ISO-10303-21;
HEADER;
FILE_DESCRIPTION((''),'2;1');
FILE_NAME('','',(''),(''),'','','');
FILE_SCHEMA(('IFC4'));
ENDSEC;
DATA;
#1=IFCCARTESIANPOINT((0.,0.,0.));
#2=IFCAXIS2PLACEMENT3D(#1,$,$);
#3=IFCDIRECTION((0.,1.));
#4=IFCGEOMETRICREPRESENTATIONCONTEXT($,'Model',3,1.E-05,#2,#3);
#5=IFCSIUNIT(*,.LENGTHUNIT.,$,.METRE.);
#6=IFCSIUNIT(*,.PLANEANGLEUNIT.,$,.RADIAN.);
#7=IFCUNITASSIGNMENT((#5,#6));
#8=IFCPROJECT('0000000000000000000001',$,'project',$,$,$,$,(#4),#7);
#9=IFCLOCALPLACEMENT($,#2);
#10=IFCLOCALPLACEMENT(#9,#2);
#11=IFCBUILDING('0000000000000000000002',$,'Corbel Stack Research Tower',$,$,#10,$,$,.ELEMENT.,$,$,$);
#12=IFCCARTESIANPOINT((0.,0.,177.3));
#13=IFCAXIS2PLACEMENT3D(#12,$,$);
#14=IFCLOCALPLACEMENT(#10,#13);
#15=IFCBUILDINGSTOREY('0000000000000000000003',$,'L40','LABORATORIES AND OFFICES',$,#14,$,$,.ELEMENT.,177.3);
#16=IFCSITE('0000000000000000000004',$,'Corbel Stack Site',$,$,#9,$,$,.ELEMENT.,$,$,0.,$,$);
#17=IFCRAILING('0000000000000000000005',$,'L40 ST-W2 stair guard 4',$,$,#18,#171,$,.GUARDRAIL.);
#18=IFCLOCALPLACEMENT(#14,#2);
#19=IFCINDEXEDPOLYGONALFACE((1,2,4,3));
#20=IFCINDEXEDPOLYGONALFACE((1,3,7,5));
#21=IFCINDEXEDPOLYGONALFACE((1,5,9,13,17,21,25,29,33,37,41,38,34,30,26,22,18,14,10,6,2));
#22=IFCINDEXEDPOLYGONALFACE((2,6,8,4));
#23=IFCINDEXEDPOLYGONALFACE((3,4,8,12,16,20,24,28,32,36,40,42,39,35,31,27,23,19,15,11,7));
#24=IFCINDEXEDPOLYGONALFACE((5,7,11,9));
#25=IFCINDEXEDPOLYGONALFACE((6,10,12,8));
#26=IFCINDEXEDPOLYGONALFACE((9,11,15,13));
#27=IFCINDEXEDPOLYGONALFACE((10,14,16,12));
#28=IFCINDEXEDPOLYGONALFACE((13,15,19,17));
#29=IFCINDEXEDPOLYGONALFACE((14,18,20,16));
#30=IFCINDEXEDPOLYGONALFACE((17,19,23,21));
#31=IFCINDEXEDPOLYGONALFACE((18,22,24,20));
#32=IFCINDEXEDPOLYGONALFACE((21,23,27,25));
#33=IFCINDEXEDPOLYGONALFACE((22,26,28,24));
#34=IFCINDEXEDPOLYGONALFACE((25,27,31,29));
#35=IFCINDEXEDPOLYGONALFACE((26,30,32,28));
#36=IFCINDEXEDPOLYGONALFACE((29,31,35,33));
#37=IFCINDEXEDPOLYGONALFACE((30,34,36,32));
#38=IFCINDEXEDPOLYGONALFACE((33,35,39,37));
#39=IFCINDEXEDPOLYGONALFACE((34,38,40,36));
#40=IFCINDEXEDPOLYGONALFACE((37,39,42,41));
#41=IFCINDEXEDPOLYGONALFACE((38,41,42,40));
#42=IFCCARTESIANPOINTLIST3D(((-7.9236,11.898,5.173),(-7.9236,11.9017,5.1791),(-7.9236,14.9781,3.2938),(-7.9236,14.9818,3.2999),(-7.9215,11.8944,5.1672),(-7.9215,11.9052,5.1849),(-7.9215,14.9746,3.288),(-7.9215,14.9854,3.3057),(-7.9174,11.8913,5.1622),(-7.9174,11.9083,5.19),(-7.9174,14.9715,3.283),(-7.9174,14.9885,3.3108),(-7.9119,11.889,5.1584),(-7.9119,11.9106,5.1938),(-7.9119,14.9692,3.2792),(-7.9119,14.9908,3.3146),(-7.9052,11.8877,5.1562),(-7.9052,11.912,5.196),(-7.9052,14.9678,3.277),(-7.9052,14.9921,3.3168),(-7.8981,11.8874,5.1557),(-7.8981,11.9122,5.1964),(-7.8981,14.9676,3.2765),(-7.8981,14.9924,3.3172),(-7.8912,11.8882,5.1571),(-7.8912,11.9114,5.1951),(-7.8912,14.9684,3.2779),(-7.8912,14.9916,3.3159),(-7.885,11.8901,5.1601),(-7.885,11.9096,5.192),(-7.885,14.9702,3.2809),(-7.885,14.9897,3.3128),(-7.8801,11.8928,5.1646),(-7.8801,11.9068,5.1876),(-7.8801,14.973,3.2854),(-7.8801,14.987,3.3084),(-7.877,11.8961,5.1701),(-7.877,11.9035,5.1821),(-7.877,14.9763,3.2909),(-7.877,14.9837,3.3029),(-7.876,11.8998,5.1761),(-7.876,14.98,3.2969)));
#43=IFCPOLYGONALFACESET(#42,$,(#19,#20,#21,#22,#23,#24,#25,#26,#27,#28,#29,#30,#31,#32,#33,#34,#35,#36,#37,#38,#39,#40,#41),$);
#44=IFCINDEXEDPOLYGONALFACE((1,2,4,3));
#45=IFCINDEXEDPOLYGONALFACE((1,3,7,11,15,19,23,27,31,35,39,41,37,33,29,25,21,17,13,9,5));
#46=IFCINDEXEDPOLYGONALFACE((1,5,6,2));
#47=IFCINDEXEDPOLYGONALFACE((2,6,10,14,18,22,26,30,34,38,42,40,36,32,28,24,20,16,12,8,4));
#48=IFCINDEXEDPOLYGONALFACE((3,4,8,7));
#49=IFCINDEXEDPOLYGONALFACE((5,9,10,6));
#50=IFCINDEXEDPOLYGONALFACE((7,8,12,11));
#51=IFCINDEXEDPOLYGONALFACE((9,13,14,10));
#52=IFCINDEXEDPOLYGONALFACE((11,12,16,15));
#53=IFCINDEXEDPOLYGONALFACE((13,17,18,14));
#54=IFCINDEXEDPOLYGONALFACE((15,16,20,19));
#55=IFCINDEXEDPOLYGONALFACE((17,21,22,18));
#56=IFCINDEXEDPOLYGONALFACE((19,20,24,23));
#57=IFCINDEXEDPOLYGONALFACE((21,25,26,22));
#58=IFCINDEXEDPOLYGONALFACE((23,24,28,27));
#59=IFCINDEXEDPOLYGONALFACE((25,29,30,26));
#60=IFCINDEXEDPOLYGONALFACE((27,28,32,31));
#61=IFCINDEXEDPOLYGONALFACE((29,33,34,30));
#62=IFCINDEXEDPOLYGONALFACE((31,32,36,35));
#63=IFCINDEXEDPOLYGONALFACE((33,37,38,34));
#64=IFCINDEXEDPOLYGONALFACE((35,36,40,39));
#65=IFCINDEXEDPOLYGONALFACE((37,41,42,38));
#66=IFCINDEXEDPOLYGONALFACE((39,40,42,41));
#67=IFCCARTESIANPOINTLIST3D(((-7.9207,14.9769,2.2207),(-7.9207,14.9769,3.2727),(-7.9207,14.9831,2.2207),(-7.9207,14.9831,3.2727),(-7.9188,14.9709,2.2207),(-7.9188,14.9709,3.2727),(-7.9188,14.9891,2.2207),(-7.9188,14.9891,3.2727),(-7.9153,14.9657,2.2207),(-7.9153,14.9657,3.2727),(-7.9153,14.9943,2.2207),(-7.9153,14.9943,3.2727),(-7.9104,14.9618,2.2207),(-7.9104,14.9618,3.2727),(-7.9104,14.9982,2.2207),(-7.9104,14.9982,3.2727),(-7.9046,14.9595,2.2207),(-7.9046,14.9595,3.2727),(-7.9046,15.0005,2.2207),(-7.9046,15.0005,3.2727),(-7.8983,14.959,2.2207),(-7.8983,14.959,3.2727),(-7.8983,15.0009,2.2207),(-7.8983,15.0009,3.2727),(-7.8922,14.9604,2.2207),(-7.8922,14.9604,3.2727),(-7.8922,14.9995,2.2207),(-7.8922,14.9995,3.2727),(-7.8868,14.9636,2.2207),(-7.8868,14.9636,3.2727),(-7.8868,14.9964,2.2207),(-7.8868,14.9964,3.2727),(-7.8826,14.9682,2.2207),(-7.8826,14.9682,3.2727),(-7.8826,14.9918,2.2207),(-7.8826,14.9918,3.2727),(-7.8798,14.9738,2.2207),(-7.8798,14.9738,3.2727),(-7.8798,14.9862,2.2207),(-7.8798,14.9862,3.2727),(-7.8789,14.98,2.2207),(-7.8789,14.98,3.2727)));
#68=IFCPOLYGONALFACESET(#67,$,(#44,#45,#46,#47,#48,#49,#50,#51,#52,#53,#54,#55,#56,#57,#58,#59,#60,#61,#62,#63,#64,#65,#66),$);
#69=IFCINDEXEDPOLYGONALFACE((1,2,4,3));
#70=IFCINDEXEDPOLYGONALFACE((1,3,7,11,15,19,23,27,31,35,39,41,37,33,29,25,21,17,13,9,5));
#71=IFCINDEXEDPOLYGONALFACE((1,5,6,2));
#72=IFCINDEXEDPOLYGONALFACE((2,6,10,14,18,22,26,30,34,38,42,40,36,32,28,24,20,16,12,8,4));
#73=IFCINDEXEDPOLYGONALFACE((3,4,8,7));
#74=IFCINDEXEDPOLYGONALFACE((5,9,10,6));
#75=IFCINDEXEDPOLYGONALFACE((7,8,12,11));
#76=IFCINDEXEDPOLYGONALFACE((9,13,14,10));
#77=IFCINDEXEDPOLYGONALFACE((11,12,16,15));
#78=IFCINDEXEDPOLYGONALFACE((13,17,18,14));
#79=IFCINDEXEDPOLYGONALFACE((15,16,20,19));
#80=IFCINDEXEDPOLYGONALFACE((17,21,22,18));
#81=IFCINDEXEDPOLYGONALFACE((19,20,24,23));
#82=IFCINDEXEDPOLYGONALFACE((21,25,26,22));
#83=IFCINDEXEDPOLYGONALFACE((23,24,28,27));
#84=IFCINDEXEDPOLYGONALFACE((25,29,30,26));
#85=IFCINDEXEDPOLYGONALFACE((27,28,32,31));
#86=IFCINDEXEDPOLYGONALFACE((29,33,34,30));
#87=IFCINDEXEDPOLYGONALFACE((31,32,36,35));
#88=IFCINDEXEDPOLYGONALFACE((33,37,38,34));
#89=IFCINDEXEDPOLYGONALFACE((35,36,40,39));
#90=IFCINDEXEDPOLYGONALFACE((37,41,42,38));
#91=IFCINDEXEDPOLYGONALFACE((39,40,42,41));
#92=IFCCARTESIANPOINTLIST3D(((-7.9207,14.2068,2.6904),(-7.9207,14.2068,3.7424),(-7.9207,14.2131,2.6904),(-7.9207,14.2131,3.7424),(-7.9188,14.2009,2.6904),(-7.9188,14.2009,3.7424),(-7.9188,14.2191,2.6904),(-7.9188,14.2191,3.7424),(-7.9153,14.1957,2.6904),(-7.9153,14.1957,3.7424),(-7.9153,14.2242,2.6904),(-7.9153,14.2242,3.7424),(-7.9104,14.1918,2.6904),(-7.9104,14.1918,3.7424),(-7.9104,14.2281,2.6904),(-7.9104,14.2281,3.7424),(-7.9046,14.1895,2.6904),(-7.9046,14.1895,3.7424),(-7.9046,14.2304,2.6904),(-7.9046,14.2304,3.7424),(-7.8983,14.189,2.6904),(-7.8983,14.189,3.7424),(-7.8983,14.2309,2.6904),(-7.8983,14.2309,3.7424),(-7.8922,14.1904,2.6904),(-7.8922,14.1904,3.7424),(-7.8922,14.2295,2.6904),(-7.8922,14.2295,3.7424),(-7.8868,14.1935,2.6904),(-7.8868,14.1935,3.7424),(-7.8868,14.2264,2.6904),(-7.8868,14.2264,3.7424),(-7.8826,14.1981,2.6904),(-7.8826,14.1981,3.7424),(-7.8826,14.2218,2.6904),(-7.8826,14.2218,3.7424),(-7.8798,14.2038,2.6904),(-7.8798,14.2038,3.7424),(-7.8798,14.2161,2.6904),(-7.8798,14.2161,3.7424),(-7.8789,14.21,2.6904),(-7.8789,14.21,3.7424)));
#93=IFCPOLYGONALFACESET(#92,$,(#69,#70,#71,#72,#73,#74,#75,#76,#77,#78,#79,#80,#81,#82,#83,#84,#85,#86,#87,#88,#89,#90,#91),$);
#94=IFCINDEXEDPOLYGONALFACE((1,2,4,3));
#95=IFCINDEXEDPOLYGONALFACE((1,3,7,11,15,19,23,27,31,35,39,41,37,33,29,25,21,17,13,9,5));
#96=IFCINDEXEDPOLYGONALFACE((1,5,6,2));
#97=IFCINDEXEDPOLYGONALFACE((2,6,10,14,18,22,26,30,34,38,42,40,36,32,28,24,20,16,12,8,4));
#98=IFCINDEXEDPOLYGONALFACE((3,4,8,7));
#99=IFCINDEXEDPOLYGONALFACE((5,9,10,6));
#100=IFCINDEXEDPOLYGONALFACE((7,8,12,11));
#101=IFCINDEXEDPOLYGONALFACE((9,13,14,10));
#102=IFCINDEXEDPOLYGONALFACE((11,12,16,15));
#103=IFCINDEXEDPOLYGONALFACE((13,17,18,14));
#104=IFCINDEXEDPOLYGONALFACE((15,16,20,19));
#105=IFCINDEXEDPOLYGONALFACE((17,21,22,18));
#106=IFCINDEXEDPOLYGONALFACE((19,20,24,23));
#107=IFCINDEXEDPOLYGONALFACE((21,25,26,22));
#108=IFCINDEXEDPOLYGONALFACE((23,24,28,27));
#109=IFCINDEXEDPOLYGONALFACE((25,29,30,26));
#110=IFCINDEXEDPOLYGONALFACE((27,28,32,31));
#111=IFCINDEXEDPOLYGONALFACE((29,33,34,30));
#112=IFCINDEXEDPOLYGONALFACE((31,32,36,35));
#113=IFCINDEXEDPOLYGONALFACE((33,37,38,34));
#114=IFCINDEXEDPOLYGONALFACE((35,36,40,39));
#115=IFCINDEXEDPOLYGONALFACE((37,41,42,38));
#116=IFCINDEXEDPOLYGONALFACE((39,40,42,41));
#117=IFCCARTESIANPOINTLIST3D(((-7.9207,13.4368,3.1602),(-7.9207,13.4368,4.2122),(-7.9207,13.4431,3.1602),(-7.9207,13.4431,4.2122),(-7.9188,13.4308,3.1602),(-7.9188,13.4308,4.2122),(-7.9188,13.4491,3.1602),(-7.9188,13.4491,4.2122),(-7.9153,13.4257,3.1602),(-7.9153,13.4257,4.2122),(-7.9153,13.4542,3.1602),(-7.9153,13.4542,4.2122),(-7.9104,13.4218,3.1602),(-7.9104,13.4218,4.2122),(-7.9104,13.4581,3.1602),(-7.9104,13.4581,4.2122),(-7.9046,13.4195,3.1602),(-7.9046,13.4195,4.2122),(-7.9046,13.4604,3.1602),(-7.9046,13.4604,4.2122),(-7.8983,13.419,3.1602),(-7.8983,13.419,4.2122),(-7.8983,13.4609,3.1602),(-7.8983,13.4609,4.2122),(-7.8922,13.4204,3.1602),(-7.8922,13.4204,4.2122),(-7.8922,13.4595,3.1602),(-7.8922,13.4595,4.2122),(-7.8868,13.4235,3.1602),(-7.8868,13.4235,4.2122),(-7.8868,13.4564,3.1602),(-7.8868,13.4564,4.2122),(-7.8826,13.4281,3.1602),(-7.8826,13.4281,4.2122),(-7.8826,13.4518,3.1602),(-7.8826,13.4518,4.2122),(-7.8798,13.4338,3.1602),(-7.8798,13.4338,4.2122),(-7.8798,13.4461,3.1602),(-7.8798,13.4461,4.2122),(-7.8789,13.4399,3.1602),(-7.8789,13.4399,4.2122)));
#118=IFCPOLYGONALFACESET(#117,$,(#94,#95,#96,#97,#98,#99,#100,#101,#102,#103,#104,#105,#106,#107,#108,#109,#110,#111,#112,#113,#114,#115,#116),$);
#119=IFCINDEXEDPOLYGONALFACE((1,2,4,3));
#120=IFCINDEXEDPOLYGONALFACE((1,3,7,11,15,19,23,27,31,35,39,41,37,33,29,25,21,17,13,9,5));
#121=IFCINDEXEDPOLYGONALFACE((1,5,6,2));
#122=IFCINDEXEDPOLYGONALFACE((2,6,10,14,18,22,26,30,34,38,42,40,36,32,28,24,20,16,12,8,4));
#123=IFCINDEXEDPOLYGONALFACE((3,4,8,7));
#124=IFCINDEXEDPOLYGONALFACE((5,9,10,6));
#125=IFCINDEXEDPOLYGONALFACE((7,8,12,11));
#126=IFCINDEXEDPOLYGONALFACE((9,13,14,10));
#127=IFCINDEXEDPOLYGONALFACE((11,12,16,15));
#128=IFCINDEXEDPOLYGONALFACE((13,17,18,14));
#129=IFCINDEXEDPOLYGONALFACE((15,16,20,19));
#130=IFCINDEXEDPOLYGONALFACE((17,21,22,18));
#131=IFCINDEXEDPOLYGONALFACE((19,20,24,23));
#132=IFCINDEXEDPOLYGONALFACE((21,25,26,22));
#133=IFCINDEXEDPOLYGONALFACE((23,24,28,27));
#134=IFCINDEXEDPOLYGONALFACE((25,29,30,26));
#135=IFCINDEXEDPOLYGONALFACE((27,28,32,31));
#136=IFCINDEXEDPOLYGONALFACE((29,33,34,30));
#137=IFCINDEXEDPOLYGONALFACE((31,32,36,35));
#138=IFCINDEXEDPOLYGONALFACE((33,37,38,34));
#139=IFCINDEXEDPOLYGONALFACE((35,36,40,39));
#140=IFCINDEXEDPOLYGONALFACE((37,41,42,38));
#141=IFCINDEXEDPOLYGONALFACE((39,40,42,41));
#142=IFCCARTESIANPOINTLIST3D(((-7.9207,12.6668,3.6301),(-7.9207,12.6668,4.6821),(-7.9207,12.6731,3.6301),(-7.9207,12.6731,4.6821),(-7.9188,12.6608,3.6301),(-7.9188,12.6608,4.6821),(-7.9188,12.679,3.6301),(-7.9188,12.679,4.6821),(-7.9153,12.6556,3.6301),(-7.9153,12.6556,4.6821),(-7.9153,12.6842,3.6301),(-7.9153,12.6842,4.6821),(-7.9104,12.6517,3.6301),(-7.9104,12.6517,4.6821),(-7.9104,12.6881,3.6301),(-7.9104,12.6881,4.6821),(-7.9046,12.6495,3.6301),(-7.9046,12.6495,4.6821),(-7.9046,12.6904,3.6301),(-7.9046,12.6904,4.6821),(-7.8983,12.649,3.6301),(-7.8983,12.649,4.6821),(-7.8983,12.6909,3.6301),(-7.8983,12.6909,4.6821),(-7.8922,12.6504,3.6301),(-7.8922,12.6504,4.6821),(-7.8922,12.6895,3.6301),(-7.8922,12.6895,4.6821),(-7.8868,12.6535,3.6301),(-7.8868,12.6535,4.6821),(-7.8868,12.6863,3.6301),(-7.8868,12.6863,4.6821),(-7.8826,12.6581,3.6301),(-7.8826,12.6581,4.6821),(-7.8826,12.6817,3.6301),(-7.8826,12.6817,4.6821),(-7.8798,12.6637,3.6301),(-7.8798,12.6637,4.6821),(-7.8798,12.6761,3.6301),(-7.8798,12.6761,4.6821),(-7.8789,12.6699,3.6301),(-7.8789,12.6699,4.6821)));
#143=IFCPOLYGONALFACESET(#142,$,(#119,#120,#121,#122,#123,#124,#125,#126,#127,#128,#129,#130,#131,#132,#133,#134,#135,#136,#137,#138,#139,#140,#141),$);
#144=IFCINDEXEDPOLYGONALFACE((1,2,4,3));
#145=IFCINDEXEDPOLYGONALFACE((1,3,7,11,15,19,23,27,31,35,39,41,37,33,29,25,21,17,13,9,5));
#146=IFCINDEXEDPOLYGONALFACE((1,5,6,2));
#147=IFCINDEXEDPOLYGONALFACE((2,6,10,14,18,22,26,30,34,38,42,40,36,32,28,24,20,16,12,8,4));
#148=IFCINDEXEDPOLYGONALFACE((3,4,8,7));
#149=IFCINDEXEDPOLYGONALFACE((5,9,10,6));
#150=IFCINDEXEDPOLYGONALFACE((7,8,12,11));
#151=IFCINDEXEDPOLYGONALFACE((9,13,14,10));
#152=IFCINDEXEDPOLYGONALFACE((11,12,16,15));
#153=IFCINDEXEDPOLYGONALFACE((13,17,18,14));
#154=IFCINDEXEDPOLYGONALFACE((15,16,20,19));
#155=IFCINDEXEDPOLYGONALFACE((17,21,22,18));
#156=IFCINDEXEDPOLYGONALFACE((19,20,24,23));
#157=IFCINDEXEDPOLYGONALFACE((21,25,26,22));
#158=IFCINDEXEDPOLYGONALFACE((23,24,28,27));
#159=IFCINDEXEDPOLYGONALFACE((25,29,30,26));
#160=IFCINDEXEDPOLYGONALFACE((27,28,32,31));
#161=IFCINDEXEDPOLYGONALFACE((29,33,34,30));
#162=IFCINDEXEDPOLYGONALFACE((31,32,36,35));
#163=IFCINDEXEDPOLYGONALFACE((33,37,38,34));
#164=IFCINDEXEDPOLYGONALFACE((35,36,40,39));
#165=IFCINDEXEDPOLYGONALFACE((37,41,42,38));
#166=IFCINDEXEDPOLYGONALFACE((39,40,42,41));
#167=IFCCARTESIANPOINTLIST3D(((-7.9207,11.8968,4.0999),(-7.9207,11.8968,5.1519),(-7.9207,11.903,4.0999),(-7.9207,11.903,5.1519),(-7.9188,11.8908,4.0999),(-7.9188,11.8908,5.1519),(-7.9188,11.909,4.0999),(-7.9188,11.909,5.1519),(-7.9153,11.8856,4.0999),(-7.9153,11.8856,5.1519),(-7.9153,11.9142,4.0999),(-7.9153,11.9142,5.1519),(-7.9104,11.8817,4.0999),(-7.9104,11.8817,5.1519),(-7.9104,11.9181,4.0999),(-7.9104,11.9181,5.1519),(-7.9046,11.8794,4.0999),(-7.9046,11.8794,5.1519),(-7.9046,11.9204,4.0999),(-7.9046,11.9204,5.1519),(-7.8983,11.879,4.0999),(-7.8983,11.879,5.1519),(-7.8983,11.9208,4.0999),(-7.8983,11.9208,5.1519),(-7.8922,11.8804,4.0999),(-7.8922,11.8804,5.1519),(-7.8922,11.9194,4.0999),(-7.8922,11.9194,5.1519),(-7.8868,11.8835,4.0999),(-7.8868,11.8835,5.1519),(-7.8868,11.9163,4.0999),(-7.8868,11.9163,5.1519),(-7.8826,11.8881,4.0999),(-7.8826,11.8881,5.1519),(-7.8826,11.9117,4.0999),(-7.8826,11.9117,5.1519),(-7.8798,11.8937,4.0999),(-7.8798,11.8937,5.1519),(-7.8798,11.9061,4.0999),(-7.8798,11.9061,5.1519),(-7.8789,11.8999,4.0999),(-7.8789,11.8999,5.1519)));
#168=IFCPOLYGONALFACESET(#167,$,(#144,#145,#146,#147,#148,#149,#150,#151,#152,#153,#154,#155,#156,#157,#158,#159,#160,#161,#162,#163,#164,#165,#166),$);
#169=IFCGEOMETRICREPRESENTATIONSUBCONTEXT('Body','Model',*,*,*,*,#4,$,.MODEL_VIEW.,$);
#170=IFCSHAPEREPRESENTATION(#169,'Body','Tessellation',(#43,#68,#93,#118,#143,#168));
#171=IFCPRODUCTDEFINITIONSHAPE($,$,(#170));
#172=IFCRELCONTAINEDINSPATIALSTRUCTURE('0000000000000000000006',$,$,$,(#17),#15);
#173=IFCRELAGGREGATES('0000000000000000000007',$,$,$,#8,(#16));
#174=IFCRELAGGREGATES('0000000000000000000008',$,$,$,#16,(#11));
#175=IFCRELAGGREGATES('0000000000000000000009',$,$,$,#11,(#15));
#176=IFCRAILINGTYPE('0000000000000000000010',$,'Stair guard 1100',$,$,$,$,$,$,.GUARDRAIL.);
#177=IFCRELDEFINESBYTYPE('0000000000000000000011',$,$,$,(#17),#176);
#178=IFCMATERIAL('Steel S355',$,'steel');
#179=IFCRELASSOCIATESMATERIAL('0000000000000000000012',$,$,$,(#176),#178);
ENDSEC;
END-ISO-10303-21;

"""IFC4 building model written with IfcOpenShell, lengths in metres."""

from ifc_helpers import new_model, si_unit, direction, frame, origin, origin_2d, place, context, subcontext, project, spatial, circle, extrude, material, type_object, element, save


model = new_model("IFC4")

# Units and contexts
model_context = context("Model", 3, precision=1e-05, world=origin(), true_north=direction((0.0, 1.0)))
body_context = subcontext(model_context, "Body", "Model", "MODEL_VIEW")
ifc_project = project(units=[si_unit("LENGTHUNIT", "METRE"), si_unit("PLANEANGLEUNIT", "RADIAN")], contexts=[model_context])

# Site, building, storey
site_placement = place(None, origin())
site = spatial("IfcSite", under=ifc_project, at=site_placement, Name="Corbel Stack Site", CompositionType="ELEMENT", RefElevation=0.0)
building_placement = place(site_placement, origin())
building = spatial("IfcBuilding", under=site, at=building_placement, Name="Corbel Stack Research Tower", CompositionType="ELEMENT")
storey_placement = place(building_placement, frame((0.0, 0.0, 177.3)))
storey = spatial("IfcBuildingStorey", under=building, at=storey_placement, Name="L40", Description="LABORATORIES AND OFFICES", CompositionType="ELEMENT", Elevation=177.3)

# Railing
ifc_material_1 = material(Name="Steel S355", Category="steel")
railing_type_1 = type_object("IfcRailingType", Name="Stair guard 1100", PredefinedType="GUARDRAIL", material=ifc_material_1)
railing_1_placement = place(storey_placement, frame((-7.8999, 14.98, 2.2207)))
element("IfcRailing", 1, at=railing_1_placement, inside=storey, type_object=railing_type_1, Name="L40 ST-W2 stair guard 4", PredefinedType="GUARDRAIL", context=body_context, shape_type="SweptSolid", body=[
    extrude(circle(Radius=0.0239, at=origin_2d()), frame((0.0, 0.0, 1.0762), z_axis=(0.0, -0.853666, 0.52082), x_axis=(1.0, 0.0, 0.0)), (0.0, 0.0, 1.0), 3.6082),
    extrude(circle(Radius=0.021, at=origin_2d()), origin(), (0.0, 0.0, 1.0), 1.052),
    extrude(circle(Radius=0.021, at=origin_2d()), frame((0.0, -0.77, 0.4697)), (0.0, 0.0, 1.0), 1.052),
    extrude(circle(Radius=0.021, at=origin_2d()), frame((0.0, -1.54, 0.9395)), (0.0, 0.0, 1.0), 1.052),
    extrude(circle(Radius=0.021, at=origin_2d()), frame((0.0, -2.3101, 1.4094)), (0.0, 0.0, 1.0), 1.052),
    extrude(circle(Radius=0.021, at=origin_2d()), frame((0.0, -3.0801, 1.8792)), (0.0, 0.0, 1.0), 1.052),
])

save(model, "model.ifc")
